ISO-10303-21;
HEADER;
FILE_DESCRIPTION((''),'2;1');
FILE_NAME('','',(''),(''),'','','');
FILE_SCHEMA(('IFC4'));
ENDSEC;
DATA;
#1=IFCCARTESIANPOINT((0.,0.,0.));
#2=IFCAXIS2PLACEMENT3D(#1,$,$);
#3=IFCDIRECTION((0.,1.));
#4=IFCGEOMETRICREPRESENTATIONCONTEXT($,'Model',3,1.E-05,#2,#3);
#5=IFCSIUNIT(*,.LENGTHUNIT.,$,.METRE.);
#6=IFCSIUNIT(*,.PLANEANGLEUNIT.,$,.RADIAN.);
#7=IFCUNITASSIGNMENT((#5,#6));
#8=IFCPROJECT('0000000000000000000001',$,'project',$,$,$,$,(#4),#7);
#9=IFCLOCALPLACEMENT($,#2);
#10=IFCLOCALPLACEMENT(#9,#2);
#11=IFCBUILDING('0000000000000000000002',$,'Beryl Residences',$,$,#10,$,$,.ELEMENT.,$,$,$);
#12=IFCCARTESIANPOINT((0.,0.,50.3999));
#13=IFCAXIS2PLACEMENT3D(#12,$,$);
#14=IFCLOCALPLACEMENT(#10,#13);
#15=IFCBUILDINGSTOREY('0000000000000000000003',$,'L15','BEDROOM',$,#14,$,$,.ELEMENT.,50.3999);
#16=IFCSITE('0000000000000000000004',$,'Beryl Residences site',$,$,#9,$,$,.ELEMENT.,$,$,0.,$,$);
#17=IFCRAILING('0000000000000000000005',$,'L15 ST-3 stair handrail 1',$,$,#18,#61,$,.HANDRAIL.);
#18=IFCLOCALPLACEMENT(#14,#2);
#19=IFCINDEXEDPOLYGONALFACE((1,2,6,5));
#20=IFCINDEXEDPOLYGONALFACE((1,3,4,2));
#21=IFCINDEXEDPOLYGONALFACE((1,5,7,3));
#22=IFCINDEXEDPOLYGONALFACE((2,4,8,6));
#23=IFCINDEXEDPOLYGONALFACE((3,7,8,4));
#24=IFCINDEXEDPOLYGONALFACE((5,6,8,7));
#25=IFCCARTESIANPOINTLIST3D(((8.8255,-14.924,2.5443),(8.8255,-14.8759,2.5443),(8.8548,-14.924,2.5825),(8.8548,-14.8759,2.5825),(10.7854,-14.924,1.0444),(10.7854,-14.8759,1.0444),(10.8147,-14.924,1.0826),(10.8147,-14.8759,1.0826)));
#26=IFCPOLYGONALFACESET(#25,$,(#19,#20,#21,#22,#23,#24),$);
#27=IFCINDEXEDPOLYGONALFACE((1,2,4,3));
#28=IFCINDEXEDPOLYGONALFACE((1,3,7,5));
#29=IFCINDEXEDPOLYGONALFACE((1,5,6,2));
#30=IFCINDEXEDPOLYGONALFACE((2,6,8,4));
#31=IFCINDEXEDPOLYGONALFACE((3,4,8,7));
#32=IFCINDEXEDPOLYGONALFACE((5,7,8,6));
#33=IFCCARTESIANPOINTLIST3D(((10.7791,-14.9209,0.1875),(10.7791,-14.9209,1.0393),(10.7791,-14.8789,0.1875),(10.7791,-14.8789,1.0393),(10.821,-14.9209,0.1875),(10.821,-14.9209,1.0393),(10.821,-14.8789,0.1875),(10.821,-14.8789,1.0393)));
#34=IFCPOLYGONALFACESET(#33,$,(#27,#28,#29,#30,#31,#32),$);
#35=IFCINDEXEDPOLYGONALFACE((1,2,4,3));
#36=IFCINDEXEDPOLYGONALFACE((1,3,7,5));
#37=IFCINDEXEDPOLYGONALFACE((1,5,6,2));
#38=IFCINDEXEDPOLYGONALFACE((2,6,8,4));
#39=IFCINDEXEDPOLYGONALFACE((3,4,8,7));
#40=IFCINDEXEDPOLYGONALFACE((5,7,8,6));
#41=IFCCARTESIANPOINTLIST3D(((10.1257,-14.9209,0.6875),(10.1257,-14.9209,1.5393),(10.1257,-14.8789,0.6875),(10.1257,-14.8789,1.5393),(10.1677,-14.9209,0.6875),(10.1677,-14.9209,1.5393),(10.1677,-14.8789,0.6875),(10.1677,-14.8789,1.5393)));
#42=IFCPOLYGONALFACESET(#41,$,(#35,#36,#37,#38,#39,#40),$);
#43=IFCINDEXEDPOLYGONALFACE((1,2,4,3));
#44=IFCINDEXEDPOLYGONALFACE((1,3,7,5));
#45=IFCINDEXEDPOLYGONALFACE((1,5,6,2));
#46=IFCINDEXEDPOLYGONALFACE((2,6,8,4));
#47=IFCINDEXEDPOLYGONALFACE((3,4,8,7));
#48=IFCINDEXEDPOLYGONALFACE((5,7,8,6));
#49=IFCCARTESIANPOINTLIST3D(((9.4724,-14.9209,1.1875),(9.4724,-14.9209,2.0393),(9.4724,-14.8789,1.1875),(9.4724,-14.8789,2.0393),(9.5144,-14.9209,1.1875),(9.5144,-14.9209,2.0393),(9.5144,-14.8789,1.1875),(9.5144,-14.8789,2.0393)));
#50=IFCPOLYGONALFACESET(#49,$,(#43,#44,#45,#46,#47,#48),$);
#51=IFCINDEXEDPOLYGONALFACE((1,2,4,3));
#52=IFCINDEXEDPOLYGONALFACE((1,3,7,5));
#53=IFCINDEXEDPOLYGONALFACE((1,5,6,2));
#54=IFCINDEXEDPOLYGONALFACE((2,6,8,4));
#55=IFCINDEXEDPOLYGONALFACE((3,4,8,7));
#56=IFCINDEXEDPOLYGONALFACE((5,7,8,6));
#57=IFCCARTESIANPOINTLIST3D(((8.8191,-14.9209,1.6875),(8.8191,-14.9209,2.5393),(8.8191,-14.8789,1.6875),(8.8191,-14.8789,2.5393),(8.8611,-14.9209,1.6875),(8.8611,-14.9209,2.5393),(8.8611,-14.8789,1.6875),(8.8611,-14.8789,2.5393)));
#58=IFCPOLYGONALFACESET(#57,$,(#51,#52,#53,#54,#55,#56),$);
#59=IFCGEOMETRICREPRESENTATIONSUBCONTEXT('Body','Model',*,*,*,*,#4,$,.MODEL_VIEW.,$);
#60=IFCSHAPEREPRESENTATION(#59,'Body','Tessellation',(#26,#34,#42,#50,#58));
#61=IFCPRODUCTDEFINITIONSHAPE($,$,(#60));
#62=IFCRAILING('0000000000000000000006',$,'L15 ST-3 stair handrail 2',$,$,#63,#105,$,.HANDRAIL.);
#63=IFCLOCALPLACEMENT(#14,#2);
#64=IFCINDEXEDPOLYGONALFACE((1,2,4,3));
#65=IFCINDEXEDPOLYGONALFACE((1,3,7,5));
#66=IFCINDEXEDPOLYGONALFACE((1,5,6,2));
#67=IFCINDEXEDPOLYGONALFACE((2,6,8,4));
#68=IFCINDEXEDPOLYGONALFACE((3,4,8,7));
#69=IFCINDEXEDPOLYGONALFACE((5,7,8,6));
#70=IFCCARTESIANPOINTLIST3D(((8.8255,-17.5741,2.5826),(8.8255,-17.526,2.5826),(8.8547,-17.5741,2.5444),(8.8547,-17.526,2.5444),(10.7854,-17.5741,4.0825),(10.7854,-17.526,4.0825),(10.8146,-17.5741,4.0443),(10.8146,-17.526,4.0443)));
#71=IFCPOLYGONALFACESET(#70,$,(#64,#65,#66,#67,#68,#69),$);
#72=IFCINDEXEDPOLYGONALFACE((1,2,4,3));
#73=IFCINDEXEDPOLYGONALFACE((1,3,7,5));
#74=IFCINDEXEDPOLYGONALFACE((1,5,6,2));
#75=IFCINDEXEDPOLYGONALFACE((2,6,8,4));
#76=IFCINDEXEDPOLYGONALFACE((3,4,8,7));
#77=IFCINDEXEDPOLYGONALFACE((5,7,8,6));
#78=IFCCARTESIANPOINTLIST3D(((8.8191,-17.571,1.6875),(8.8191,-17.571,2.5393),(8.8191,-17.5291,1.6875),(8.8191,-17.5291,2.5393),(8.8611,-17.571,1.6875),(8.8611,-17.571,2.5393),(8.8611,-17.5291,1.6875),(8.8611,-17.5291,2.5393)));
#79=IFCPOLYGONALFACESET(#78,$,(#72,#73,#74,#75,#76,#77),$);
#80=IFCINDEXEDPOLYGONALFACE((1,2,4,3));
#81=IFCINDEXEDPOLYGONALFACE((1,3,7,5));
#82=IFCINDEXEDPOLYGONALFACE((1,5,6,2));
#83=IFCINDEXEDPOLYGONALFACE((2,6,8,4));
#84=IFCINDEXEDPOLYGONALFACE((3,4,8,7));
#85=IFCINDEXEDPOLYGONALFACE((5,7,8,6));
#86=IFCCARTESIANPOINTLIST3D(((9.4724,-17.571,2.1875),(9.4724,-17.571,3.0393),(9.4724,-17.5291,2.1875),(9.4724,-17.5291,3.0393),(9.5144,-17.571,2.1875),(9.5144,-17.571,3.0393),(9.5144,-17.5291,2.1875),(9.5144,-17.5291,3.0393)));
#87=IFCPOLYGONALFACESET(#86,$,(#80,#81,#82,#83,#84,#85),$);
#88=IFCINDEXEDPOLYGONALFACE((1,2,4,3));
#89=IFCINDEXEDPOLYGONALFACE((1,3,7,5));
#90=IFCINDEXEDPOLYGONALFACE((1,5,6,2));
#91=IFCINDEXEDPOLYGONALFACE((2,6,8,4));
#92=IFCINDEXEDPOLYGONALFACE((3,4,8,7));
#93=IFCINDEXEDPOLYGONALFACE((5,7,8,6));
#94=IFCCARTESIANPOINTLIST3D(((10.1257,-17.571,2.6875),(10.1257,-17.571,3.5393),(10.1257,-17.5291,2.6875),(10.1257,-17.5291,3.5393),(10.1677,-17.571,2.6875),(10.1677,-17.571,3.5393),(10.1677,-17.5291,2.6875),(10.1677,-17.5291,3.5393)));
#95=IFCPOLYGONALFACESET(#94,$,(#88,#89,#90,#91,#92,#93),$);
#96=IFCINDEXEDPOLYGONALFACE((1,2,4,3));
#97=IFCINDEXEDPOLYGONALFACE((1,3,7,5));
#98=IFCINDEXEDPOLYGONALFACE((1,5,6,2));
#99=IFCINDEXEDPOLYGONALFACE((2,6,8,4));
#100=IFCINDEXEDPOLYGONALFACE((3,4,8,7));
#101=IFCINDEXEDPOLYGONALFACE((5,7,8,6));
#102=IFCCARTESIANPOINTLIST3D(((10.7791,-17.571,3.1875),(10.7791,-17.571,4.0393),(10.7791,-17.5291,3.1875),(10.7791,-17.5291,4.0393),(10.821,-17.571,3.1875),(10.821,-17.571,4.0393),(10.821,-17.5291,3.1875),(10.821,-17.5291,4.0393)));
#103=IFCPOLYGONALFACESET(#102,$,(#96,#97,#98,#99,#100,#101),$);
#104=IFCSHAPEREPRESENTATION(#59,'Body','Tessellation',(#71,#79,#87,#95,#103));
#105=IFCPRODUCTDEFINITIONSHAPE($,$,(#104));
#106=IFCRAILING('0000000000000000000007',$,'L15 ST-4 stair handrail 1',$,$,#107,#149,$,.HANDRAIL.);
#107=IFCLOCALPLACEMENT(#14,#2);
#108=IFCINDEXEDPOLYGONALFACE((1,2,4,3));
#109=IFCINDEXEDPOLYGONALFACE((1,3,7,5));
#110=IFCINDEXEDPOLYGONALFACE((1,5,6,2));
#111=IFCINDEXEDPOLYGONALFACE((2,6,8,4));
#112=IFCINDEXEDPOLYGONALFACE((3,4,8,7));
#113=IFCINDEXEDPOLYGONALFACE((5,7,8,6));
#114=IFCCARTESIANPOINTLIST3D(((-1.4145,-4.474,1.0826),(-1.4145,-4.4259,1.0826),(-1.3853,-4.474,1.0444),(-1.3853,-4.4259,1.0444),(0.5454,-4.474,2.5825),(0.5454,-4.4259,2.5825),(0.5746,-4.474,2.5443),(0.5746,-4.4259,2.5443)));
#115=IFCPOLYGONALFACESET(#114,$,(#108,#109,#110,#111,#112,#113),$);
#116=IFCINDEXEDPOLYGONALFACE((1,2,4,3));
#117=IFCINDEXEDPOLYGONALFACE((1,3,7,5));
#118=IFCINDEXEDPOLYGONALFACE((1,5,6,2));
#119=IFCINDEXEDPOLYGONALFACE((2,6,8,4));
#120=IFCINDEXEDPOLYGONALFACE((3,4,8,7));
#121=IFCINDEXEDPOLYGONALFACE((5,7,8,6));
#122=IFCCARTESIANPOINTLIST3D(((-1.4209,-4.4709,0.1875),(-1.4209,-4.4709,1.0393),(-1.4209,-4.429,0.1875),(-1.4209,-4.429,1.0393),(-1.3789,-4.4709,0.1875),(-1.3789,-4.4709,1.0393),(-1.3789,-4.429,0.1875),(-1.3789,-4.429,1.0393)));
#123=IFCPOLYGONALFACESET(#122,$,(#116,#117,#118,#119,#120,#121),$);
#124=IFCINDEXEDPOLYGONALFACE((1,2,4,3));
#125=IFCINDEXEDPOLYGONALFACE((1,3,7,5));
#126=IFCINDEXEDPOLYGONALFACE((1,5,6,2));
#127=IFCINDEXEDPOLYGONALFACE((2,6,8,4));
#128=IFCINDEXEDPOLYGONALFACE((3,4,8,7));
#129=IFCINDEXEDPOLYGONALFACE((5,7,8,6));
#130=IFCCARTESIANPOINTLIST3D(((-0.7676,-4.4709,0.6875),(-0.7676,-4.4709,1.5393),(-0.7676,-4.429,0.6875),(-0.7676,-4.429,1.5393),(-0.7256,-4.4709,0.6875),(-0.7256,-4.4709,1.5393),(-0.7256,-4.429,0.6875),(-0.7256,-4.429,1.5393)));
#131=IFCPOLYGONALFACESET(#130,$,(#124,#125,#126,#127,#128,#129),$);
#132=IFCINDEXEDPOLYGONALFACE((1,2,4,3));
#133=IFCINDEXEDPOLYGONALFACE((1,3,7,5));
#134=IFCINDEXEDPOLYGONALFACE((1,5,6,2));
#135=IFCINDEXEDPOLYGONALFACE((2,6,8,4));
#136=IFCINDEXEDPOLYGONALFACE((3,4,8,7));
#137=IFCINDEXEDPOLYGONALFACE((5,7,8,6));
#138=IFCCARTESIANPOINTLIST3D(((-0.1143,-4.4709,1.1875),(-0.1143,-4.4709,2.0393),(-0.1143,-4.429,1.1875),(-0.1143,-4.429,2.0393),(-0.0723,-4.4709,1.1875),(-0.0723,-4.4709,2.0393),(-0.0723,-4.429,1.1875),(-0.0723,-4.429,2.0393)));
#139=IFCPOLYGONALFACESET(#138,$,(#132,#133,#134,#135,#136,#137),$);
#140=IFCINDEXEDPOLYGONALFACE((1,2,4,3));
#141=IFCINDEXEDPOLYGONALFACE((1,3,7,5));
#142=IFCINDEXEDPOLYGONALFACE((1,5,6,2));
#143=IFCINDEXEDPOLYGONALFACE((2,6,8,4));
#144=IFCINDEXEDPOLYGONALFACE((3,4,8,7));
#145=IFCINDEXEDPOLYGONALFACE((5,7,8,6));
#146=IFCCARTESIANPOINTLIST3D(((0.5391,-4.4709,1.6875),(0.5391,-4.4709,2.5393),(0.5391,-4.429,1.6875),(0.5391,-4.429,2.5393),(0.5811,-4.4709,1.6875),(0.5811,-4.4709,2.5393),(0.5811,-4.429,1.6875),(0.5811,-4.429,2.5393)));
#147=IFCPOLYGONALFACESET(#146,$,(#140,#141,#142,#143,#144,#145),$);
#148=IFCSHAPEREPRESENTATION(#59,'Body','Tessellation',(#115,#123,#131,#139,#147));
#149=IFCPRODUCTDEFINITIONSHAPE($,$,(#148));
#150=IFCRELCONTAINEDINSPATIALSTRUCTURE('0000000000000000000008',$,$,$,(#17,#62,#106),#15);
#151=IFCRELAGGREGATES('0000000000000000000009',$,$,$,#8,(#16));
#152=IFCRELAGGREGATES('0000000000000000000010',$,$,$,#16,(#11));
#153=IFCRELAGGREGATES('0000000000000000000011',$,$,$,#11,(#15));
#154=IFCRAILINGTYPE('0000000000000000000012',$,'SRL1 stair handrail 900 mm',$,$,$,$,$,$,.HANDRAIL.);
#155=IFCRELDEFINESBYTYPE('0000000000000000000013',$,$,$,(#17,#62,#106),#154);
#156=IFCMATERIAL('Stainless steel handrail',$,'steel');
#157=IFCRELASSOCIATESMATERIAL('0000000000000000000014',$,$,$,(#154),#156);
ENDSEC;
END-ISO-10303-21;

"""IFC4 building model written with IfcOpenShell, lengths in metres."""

from ifc_helpers import new_model, si_unit, direction, frame, origin, origin_2d, place, context, subcontext, project, spatial, rectangle, extrude, material, type_object, element, save


model = new_model("IFC4")

# Units and contexts
model_context = context("Model", 3, precision=1e-05, world=origin(), true_north=direction((0.0, 1.0)))
body_context = subcontext(model_context, "Body", "Model", "MODEL_VIEW")
ifc_project = project(units=[si_unit("LENGTHUNIT", "METRE"), si_unit("PLANEANGLEUNIT", "RADIAN")], contexts=[model_context])

# Site, building, storey
site_placement = place(None, origin())
site = spatial("IfcSite", under=ifc_project, at=site_placement, Name="Beryl Residences site", CompositionType="ELEMENT", RefElevation=0.0)
building_placement = place(site_placement, origin())
building = spatial("IfcBuilding", under=site, at=building_placement, Name="Beryl Residences", CompositionType="ELEMENT")
storey_placement = place(building_placement, frame((0.0, 0.0, 50.3999)))
storey = spatial("IfcBuildingStorey", under=building, at=storey_placement, Name="L15", Description="BEDROOM", CompositionType="ELEMENT", Elevation=50.3999)

# Railings
ifc_material_1 = material(Name="Stainless steel handrail", Category="steel")
railing_type_1 = type_object("IfcRailingType", Name="SRL1 stair handrail 900 mm", PredefinedType="HANDRAIL", material=ifc_material_1)
railing_1_placement = place(storey_placement, frame((10.8, -14.8999, 0.1875)))
element("IfcRailing", 1, at=railing_1_placement, inside=storey, type_object=railing_type_1, Name="L15 ST-3 stair handrail 1", PredefinedType="HANDRAIL", context=body_context, shape_type="SweptSolid", body=[
    extrude(rectangle(XDim=0.0481, YDim=0.0481, at=origin_2d()), frame((0.0, 0.0, 0.876), z_axis=(-0.794122, 0.0, 0.607758), x_axis=(0.0, -1.0, 0.0)), (0.0, 0.0, 1.0), 2.468),
    extrude(rectangle(XDim=0.042, YDim=0.042, at=origin_2d()), origin(), (0.0, 0.0, 1.0), 0.8518),
    extrude(rectangle(XDim=0.042, YDim=0.042, at=origin_2d()), frame((-0.6533, 0.0, 0.5)), (0.0, 0.0, 1.0), 0.8518),
    extrude(rectangle(XDim=0.042, YDim=0.042, at=origin_2d()), frame((-1.3066, 0.0, 1.0)), (0.0, 0.0, 1.0), 0.8518),
    extrude(rectangle(XDim=0.042, YDim=0.042, at=origin_2d()), frame((-1.96, 0.0, 1.5)), (0.0, 0.0, 1.0), 0.8518),
])
for number, where, name in (
    (2, (8.8401, -17.55, 1.6875), "L15 ST-3 stair handrail 2"),
    (3, (-1.3999, -4.45, 0.1875), "L15 ST-4 stair handrail 1"),
):
    element("IfcRailing", number, at=place(storey_placement, frame(where)), inside=storey, type_object=railing_type_1, Name=name, PredefinedType="HANDRAIL", context=body_context, shape_type="SweptSolid", body=[
        extrude(rectangle(XDim=0.0481, YDim=0.0481, at=origin_2d()), frame((0.0, 0.0, 0.876), z_axis=(0.794122, 0.0, 0.607758), x_axis=(0.0, 1.0, 0.0)), (0.0, 0.0, 1.0), 2.468),
        extrude(rectangle(XDim=0.042, YDim=0.042, at=origin_2d()), origin(), (0.0, 0.0, 1.0), 0.8518),
        extrude(rectangle(XDim=0.042, YDim=0.042, at=origin_2d()), frame((0.6533, 0.0, 0.5)), (0.0, 0.0, 1.0), 0.8518),
        extrude(rectangle(XDim=0.042, YDim=0.042, at=origin_2d()), frame((1.3066, 0.0, 1.0)), (0.0, 0.0, 1.0), 0.8518),
        extrude(rectangle(XDim=0.042, YDim=0.042, at=origin_2d()), frame((1.96, 0.0, 1.5)), (0.0, 0.0, 1.0), 0.8518),
    ])

save(model, "model.ifc")
